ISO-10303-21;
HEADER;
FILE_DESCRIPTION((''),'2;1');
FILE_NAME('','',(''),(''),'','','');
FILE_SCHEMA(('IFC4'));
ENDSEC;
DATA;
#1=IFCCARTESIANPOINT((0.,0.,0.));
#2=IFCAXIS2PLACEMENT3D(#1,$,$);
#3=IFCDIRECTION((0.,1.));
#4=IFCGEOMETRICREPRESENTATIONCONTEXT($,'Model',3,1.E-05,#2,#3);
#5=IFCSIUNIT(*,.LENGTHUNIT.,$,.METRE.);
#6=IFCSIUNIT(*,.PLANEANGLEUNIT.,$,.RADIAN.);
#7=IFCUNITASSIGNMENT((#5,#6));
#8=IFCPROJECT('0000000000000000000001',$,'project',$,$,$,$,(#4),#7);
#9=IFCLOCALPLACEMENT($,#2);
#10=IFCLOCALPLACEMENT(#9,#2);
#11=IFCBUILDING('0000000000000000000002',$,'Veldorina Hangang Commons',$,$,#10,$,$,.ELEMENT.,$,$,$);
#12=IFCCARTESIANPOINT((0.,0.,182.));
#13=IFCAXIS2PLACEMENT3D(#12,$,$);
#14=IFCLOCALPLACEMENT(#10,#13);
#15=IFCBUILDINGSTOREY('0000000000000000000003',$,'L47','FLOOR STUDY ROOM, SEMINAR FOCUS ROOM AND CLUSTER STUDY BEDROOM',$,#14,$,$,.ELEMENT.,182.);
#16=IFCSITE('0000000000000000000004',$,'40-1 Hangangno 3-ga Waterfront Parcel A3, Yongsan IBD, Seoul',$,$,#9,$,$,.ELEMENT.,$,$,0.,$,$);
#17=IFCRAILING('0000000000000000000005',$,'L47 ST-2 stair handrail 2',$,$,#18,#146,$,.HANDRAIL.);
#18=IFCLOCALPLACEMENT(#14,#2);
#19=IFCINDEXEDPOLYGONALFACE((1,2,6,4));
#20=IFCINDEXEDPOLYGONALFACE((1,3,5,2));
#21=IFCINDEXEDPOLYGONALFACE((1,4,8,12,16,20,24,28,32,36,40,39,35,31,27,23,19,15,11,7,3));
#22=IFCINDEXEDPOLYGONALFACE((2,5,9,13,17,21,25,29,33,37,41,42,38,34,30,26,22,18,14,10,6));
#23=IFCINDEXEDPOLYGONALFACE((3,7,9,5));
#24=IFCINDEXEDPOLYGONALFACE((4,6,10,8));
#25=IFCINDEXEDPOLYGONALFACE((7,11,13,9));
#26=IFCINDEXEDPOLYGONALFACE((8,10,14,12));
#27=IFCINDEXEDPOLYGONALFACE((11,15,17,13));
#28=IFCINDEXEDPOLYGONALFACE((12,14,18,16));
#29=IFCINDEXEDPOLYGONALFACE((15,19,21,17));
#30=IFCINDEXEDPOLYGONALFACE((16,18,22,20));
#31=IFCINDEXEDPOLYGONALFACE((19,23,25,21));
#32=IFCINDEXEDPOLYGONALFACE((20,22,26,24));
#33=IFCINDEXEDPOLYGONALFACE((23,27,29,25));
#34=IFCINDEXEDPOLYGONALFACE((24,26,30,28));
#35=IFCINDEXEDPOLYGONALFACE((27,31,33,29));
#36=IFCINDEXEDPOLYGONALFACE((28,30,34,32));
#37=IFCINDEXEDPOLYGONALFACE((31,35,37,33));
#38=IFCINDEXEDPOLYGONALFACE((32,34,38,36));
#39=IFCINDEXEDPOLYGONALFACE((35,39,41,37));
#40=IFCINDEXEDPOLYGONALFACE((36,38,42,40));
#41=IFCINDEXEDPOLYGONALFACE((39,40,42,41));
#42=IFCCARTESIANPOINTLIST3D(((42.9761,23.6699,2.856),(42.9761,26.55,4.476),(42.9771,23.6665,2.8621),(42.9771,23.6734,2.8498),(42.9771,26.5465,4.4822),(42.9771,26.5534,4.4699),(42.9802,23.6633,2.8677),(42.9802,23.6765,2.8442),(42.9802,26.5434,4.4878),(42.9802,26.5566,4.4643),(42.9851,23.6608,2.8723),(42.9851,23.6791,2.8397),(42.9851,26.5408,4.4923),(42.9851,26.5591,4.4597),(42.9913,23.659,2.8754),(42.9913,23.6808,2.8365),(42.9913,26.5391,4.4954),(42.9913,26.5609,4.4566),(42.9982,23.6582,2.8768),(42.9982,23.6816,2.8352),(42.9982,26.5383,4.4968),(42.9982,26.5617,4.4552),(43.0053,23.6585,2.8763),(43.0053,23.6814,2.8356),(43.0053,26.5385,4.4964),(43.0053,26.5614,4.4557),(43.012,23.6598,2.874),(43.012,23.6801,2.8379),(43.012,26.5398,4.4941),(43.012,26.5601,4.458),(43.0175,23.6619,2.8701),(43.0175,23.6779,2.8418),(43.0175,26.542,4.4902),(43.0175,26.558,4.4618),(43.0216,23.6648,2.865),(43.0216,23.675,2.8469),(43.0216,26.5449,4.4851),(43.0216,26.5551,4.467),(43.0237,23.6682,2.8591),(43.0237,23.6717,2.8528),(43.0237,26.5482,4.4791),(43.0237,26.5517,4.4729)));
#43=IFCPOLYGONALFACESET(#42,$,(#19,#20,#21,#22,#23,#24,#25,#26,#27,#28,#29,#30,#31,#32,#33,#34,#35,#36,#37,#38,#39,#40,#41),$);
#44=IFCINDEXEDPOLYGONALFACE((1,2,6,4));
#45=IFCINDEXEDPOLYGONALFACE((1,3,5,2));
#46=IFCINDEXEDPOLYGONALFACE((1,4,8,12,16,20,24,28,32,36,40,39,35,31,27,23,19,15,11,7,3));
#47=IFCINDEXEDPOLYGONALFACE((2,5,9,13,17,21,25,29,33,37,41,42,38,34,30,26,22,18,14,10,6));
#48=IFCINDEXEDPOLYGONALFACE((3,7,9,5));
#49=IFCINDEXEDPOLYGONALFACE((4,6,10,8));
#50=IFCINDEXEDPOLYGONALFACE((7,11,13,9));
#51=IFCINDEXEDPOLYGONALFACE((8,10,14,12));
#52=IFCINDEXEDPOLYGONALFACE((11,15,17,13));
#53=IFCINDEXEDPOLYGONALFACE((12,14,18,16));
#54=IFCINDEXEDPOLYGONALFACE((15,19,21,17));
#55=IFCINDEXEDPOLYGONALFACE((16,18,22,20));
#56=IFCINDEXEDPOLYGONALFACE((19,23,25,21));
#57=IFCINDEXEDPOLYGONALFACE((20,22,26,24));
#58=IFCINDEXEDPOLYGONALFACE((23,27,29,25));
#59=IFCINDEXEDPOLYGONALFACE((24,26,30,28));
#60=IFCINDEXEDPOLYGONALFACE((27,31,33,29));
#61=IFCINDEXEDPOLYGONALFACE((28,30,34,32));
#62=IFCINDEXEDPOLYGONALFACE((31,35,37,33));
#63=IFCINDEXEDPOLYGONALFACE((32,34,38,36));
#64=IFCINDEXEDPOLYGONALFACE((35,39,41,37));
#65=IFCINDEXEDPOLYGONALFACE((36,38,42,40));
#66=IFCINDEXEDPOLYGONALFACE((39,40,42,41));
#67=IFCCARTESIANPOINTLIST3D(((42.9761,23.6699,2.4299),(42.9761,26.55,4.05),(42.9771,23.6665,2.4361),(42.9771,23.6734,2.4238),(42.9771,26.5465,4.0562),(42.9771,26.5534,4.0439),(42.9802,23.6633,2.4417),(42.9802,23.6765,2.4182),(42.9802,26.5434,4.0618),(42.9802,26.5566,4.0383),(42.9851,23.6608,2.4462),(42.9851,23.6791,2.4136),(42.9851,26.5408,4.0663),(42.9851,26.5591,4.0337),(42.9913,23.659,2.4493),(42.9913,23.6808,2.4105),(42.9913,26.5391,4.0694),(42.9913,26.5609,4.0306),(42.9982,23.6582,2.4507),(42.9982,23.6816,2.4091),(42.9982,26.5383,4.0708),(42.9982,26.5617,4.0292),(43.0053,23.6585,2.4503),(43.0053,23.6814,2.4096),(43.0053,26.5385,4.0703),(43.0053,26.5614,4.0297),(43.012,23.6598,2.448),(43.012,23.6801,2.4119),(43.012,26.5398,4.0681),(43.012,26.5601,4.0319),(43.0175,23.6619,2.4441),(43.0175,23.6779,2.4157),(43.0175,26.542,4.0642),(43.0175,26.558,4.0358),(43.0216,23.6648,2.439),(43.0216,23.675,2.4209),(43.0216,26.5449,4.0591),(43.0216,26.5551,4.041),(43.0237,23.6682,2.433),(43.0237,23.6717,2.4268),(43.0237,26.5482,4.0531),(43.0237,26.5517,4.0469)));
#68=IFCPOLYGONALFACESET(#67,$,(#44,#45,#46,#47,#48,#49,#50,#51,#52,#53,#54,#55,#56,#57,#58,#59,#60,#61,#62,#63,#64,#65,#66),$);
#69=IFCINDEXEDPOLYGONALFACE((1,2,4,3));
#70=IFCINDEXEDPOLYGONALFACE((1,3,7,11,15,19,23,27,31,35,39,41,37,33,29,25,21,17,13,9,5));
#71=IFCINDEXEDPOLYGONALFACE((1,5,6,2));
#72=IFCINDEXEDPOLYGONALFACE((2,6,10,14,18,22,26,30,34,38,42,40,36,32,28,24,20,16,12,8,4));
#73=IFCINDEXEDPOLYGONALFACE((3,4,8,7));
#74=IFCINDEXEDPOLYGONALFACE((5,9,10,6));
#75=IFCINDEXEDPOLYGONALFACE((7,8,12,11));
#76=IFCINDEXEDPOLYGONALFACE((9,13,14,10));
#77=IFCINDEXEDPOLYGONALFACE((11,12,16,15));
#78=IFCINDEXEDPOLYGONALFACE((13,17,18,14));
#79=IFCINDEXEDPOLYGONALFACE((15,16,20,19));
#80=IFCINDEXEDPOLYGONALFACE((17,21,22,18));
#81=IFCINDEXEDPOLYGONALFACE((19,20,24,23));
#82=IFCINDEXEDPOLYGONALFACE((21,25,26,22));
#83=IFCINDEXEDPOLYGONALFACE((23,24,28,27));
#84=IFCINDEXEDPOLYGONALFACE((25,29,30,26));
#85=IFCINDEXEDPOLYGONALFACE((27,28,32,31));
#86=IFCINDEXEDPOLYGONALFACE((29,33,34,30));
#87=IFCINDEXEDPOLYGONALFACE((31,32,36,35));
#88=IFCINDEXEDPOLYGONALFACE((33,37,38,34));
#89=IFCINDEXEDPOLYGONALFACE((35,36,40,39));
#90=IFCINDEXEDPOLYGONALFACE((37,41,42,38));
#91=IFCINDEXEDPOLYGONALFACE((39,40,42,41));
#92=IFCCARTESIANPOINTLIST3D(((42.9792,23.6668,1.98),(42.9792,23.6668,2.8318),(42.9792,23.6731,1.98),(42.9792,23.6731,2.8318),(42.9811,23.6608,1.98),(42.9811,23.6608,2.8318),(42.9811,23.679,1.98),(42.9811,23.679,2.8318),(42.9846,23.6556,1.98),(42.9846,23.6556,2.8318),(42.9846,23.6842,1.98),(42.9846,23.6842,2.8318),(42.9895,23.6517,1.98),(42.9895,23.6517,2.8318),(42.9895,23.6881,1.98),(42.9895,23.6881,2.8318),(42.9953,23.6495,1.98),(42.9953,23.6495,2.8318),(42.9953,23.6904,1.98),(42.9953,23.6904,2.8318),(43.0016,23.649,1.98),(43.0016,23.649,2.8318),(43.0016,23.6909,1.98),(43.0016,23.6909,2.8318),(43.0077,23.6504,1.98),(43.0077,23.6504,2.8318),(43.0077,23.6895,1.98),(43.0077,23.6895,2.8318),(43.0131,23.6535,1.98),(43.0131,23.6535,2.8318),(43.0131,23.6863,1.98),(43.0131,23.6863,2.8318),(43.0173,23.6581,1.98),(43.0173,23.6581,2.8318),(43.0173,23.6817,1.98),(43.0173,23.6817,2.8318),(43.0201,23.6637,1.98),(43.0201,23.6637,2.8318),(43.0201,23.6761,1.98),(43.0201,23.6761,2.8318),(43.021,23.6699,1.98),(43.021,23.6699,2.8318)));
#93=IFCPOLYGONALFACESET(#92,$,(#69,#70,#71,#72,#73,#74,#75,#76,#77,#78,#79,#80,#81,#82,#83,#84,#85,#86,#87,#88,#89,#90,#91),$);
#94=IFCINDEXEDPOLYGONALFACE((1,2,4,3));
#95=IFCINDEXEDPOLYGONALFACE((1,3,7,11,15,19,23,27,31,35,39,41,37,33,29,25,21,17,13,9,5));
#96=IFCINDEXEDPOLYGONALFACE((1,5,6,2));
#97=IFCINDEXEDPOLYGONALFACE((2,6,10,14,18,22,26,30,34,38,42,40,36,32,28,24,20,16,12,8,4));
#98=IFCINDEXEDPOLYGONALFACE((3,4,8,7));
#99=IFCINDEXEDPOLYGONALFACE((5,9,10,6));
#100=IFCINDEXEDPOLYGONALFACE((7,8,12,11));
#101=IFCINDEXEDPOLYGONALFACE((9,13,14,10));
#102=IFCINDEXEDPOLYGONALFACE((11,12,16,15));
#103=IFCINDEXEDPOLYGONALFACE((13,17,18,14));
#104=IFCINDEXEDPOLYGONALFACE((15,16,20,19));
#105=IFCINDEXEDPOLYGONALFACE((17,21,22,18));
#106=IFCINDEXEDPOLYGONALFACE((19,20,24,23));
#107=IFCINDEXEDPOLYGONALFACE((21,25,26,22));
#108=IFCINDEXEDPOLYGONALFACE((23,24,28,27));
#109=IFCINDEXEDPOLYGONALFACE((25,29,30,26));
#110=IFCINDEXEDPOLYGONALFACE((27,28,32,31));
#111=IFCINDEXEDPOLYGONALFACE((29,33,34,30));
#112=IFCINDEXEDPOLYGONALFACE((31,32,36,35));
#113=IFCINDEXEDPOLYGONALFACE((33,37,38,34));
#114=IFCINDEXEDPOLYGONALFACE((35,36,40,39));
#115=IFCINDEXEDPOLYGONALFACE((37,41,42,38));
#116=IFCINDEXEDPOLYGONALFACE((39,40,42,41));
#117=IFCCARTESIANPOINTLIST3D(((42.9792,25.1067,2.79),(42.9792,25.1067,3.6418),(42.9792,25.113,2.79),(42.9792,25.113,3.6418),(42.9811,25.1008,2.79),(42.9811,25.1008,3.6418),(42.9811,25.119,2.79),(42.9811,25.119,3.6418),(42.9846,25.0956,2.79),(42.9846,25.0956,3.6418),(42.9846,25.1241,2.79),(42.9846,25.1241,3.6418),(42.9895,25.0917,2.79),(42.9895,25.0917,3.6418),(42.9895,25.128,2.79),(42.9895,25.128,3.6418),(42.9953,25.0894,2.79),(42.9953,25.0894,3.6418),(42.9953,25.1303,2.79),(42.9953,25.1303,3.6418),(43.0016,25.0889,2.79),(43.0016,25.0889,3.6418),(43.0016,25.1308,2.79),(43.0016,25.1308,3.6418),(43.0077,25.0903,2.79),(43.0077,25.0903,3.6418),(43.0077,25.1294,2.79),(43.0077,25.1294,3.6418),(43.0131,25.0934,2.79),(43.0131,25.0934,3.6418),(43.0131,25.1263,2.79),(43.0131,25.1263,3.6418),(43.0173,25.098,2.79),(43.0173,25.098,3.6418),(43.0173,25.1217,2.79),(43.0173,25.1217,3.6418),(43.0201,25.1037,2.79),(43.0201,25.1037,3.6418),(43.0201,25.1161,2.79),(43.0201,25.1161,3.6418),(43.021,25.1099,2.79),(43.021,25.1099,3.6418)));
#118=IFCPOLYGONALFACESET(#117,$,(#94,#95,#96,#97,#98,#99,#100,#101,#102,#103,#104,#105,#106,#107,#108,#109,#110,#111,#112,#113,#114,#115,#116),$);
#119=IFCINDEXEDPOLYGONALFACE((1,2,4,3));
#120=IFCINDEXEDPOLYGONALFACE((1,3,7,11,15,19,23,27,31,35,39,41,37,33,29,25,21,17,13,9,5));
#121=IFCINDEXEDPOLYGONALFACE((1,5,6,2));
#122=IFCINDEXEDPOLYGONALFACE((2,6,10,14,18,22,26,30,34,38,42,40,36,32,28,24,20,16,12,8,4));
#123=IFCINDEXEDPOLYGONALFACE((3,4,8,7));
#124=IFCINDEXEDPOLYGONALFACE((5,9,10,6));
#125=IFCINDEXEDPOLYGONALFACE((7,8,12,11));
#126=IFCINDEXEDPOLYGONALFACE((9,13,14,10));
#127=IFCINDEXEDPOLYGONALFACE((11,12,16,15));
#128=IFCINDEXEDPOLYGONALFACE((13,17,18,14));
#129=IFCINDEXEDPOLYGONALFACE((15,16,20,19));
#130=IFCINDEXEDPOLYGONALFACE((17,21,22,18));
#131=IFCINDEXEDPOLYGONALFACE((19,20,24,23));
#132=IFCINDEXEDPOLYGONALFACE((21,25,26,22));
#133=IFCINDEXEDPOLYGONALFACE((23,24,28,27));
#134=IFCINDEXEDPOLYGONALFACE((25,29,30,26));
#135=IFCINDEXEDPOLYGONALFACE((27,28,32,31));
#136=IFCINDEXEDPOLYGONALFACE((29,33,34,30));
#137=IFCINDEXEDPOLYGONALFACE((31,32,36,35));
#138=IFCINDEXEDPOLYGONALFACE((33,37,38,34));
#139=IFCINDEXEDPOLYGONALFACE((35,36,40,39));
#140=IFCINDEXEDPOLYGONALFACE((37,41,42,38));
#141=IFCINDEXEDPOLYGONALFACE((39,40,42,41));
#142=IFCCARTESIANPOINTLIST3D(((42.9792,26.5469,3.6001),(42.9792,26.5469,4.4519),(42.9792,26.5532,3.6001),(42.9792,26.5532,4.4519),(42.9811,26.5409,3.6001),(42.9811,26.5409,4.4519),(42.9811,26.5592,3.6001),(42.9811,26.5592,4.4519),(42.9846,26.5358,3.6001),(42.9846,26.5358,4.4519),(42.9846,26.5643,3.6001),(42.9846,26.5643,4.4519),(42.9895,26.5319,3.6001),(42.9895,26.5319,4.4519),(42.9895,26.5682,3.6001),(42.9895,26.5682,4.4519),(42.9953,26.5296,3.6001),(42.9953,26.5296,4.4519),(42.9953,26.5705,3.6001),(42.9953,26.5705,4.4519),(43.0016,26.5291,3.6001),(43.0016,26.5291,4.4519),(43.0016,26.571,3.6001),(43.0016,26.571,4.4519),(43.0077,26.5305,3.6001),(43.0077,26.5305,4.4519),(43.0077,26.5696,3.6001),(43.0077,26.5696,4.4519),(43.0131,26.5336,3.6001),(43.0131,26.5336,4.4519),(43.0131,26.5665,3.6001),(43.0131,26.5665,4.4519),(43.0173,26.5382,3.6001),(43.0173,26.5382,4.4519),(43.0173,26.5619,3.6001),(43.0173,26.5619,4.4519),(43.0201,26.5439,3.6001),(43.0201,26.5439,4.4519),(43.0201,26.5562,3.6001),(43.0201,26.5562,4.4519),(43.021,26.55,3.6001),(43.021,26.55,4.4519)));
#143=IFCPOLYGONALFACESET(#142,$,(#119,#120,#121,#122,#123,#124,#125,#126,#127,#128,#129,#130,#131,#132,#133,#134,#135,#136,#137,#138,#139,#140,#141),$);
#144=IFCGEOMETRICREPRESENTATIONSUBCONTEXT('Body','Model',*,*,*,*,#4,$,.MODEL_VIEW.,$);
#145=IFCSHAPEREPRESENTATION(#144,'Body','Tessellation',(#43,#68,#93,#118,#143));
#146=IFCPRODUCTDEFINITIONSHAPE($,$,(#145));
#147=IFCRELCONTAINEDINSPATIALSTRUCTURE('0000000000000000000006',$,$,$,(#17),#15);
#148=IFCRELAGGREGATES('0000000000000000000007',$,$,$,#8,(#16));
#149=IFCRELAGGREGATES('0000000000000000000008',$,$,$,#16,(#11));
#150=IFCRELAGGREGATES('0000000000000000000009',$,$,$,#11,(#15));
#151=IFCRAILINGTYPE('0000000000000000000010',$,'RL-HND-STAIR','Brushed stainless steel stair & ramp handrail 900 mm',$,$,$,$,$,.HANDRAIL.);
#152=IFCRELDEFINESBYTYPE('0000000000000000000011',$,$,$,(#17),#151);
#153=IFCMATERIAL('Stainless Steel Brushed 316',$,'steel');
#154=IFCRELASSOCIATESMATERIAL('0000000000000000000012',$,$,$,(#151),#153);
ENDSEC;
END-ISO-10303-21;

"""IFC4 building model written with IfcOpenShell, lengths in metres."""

from ifc_helpers import new_model, si_unit, direction, frame, origin, origin_2d, place, context, subcontext, project, spatial, circle, extrude, material, type_object, element, save


model = new_model("IFC4")

# Units and contexts
model_context = context("Model", 3, precision=1e-05, world=origin(), true_north=direction((0.0, 1.0)))
body_context = subcontext(model_context, "Body", "Model", "MODEL_VIEW")
ifc_project = project(units=[si_unit("LENGTHUNIT", "METRE"), si_unit("PLANEANGLEUNIT", "RADIAN")], contexts=[model_context])

# Site, building, storey
site_placement = place(None, origin())
site = spatial("IfcSite", under=ifc_project, at=site_placement, Name="40-1 Hangangno 3-ga Waterfront Parcel A3, Yongsan IBD, Seoul", CompositionType="ELEMENT", RefElevation=0.0)
building_placement = place(site_placement, origin())
building = spatial("IfcBuilding", under=site, at=building_placement, Name="Veldorina Hangang Commons", CompositionType="ELEMENT")
storey_placement = place(building_placement, frame((0.0, 0.0, 182.0)))
storey = spatial("IfcBuildingStorey", under=building, at=storey_placement, Name="L47", Description="FLOOR STUDY ROOM, SEMINAR FOCUS ROOM AND CLUSTER STUDY BEDROOM", CompositionType="ELEMENT", Elevation=182.0)

# Railing
ifc_material_1 = material(Name="Stainless Steel Brushed 316", Category="steel")
railing_type_1 = type_object("IfcRailingType", Name="RL-HND-STAIR", Description="Brushed stainless steel stair & ramp handrail 900 mm", PredefinedType="HANDRAIL", material=ifc_material_1)
railing_1_placement = place(storey_placement, frame((43.0, 23.6699, 1.98)))
element("IfcRailing", 1, at=railing_1_placement, inside=storey, type_object=railing_type_1, Name="L47 ST-2 stair handrail 2", PredefinedType="HANDRAIL", context=body_context, shape_type="SweptSolid", body=[
    extrude(circle(Radius=0.0239, at=origin_2d()), frame((0.0, 0.0, 0.876), z_axis=(0.0, 0.87157, 0.490272), x_axis=(-1.0, 0.0, 0.0)), (0.0, 0.0, 1.0), 3.3044),
    extrude(circle(Radius=0.0239, at=origin_2d()), frame((0.0, 0.0, 0.45), z_axis=(0.0, 0.87157, 0.490272), x_axis=(-1.0, 0.0, 0.0)), (0.0, 0.0, 1.0), 3.3044),
    extrude(circle(Radius=0.021, at=origin_2d()), origin(), (0.0, 0.0, 1.0), 0.8518),
    extrude(circle(Radius=0.021, at=origin_2d()), frame((0.0, 1.4399, 0.8101)), (0.0, 0.0, 1.0), 0.8518),
    extrude(circle(Radius=0.021, at=origin_2d()), frame((0.0, 2.8801, 1.6201)), (0.0, 0.0, 1.0), 0.8518),
])

save(model, "model.ifc")
